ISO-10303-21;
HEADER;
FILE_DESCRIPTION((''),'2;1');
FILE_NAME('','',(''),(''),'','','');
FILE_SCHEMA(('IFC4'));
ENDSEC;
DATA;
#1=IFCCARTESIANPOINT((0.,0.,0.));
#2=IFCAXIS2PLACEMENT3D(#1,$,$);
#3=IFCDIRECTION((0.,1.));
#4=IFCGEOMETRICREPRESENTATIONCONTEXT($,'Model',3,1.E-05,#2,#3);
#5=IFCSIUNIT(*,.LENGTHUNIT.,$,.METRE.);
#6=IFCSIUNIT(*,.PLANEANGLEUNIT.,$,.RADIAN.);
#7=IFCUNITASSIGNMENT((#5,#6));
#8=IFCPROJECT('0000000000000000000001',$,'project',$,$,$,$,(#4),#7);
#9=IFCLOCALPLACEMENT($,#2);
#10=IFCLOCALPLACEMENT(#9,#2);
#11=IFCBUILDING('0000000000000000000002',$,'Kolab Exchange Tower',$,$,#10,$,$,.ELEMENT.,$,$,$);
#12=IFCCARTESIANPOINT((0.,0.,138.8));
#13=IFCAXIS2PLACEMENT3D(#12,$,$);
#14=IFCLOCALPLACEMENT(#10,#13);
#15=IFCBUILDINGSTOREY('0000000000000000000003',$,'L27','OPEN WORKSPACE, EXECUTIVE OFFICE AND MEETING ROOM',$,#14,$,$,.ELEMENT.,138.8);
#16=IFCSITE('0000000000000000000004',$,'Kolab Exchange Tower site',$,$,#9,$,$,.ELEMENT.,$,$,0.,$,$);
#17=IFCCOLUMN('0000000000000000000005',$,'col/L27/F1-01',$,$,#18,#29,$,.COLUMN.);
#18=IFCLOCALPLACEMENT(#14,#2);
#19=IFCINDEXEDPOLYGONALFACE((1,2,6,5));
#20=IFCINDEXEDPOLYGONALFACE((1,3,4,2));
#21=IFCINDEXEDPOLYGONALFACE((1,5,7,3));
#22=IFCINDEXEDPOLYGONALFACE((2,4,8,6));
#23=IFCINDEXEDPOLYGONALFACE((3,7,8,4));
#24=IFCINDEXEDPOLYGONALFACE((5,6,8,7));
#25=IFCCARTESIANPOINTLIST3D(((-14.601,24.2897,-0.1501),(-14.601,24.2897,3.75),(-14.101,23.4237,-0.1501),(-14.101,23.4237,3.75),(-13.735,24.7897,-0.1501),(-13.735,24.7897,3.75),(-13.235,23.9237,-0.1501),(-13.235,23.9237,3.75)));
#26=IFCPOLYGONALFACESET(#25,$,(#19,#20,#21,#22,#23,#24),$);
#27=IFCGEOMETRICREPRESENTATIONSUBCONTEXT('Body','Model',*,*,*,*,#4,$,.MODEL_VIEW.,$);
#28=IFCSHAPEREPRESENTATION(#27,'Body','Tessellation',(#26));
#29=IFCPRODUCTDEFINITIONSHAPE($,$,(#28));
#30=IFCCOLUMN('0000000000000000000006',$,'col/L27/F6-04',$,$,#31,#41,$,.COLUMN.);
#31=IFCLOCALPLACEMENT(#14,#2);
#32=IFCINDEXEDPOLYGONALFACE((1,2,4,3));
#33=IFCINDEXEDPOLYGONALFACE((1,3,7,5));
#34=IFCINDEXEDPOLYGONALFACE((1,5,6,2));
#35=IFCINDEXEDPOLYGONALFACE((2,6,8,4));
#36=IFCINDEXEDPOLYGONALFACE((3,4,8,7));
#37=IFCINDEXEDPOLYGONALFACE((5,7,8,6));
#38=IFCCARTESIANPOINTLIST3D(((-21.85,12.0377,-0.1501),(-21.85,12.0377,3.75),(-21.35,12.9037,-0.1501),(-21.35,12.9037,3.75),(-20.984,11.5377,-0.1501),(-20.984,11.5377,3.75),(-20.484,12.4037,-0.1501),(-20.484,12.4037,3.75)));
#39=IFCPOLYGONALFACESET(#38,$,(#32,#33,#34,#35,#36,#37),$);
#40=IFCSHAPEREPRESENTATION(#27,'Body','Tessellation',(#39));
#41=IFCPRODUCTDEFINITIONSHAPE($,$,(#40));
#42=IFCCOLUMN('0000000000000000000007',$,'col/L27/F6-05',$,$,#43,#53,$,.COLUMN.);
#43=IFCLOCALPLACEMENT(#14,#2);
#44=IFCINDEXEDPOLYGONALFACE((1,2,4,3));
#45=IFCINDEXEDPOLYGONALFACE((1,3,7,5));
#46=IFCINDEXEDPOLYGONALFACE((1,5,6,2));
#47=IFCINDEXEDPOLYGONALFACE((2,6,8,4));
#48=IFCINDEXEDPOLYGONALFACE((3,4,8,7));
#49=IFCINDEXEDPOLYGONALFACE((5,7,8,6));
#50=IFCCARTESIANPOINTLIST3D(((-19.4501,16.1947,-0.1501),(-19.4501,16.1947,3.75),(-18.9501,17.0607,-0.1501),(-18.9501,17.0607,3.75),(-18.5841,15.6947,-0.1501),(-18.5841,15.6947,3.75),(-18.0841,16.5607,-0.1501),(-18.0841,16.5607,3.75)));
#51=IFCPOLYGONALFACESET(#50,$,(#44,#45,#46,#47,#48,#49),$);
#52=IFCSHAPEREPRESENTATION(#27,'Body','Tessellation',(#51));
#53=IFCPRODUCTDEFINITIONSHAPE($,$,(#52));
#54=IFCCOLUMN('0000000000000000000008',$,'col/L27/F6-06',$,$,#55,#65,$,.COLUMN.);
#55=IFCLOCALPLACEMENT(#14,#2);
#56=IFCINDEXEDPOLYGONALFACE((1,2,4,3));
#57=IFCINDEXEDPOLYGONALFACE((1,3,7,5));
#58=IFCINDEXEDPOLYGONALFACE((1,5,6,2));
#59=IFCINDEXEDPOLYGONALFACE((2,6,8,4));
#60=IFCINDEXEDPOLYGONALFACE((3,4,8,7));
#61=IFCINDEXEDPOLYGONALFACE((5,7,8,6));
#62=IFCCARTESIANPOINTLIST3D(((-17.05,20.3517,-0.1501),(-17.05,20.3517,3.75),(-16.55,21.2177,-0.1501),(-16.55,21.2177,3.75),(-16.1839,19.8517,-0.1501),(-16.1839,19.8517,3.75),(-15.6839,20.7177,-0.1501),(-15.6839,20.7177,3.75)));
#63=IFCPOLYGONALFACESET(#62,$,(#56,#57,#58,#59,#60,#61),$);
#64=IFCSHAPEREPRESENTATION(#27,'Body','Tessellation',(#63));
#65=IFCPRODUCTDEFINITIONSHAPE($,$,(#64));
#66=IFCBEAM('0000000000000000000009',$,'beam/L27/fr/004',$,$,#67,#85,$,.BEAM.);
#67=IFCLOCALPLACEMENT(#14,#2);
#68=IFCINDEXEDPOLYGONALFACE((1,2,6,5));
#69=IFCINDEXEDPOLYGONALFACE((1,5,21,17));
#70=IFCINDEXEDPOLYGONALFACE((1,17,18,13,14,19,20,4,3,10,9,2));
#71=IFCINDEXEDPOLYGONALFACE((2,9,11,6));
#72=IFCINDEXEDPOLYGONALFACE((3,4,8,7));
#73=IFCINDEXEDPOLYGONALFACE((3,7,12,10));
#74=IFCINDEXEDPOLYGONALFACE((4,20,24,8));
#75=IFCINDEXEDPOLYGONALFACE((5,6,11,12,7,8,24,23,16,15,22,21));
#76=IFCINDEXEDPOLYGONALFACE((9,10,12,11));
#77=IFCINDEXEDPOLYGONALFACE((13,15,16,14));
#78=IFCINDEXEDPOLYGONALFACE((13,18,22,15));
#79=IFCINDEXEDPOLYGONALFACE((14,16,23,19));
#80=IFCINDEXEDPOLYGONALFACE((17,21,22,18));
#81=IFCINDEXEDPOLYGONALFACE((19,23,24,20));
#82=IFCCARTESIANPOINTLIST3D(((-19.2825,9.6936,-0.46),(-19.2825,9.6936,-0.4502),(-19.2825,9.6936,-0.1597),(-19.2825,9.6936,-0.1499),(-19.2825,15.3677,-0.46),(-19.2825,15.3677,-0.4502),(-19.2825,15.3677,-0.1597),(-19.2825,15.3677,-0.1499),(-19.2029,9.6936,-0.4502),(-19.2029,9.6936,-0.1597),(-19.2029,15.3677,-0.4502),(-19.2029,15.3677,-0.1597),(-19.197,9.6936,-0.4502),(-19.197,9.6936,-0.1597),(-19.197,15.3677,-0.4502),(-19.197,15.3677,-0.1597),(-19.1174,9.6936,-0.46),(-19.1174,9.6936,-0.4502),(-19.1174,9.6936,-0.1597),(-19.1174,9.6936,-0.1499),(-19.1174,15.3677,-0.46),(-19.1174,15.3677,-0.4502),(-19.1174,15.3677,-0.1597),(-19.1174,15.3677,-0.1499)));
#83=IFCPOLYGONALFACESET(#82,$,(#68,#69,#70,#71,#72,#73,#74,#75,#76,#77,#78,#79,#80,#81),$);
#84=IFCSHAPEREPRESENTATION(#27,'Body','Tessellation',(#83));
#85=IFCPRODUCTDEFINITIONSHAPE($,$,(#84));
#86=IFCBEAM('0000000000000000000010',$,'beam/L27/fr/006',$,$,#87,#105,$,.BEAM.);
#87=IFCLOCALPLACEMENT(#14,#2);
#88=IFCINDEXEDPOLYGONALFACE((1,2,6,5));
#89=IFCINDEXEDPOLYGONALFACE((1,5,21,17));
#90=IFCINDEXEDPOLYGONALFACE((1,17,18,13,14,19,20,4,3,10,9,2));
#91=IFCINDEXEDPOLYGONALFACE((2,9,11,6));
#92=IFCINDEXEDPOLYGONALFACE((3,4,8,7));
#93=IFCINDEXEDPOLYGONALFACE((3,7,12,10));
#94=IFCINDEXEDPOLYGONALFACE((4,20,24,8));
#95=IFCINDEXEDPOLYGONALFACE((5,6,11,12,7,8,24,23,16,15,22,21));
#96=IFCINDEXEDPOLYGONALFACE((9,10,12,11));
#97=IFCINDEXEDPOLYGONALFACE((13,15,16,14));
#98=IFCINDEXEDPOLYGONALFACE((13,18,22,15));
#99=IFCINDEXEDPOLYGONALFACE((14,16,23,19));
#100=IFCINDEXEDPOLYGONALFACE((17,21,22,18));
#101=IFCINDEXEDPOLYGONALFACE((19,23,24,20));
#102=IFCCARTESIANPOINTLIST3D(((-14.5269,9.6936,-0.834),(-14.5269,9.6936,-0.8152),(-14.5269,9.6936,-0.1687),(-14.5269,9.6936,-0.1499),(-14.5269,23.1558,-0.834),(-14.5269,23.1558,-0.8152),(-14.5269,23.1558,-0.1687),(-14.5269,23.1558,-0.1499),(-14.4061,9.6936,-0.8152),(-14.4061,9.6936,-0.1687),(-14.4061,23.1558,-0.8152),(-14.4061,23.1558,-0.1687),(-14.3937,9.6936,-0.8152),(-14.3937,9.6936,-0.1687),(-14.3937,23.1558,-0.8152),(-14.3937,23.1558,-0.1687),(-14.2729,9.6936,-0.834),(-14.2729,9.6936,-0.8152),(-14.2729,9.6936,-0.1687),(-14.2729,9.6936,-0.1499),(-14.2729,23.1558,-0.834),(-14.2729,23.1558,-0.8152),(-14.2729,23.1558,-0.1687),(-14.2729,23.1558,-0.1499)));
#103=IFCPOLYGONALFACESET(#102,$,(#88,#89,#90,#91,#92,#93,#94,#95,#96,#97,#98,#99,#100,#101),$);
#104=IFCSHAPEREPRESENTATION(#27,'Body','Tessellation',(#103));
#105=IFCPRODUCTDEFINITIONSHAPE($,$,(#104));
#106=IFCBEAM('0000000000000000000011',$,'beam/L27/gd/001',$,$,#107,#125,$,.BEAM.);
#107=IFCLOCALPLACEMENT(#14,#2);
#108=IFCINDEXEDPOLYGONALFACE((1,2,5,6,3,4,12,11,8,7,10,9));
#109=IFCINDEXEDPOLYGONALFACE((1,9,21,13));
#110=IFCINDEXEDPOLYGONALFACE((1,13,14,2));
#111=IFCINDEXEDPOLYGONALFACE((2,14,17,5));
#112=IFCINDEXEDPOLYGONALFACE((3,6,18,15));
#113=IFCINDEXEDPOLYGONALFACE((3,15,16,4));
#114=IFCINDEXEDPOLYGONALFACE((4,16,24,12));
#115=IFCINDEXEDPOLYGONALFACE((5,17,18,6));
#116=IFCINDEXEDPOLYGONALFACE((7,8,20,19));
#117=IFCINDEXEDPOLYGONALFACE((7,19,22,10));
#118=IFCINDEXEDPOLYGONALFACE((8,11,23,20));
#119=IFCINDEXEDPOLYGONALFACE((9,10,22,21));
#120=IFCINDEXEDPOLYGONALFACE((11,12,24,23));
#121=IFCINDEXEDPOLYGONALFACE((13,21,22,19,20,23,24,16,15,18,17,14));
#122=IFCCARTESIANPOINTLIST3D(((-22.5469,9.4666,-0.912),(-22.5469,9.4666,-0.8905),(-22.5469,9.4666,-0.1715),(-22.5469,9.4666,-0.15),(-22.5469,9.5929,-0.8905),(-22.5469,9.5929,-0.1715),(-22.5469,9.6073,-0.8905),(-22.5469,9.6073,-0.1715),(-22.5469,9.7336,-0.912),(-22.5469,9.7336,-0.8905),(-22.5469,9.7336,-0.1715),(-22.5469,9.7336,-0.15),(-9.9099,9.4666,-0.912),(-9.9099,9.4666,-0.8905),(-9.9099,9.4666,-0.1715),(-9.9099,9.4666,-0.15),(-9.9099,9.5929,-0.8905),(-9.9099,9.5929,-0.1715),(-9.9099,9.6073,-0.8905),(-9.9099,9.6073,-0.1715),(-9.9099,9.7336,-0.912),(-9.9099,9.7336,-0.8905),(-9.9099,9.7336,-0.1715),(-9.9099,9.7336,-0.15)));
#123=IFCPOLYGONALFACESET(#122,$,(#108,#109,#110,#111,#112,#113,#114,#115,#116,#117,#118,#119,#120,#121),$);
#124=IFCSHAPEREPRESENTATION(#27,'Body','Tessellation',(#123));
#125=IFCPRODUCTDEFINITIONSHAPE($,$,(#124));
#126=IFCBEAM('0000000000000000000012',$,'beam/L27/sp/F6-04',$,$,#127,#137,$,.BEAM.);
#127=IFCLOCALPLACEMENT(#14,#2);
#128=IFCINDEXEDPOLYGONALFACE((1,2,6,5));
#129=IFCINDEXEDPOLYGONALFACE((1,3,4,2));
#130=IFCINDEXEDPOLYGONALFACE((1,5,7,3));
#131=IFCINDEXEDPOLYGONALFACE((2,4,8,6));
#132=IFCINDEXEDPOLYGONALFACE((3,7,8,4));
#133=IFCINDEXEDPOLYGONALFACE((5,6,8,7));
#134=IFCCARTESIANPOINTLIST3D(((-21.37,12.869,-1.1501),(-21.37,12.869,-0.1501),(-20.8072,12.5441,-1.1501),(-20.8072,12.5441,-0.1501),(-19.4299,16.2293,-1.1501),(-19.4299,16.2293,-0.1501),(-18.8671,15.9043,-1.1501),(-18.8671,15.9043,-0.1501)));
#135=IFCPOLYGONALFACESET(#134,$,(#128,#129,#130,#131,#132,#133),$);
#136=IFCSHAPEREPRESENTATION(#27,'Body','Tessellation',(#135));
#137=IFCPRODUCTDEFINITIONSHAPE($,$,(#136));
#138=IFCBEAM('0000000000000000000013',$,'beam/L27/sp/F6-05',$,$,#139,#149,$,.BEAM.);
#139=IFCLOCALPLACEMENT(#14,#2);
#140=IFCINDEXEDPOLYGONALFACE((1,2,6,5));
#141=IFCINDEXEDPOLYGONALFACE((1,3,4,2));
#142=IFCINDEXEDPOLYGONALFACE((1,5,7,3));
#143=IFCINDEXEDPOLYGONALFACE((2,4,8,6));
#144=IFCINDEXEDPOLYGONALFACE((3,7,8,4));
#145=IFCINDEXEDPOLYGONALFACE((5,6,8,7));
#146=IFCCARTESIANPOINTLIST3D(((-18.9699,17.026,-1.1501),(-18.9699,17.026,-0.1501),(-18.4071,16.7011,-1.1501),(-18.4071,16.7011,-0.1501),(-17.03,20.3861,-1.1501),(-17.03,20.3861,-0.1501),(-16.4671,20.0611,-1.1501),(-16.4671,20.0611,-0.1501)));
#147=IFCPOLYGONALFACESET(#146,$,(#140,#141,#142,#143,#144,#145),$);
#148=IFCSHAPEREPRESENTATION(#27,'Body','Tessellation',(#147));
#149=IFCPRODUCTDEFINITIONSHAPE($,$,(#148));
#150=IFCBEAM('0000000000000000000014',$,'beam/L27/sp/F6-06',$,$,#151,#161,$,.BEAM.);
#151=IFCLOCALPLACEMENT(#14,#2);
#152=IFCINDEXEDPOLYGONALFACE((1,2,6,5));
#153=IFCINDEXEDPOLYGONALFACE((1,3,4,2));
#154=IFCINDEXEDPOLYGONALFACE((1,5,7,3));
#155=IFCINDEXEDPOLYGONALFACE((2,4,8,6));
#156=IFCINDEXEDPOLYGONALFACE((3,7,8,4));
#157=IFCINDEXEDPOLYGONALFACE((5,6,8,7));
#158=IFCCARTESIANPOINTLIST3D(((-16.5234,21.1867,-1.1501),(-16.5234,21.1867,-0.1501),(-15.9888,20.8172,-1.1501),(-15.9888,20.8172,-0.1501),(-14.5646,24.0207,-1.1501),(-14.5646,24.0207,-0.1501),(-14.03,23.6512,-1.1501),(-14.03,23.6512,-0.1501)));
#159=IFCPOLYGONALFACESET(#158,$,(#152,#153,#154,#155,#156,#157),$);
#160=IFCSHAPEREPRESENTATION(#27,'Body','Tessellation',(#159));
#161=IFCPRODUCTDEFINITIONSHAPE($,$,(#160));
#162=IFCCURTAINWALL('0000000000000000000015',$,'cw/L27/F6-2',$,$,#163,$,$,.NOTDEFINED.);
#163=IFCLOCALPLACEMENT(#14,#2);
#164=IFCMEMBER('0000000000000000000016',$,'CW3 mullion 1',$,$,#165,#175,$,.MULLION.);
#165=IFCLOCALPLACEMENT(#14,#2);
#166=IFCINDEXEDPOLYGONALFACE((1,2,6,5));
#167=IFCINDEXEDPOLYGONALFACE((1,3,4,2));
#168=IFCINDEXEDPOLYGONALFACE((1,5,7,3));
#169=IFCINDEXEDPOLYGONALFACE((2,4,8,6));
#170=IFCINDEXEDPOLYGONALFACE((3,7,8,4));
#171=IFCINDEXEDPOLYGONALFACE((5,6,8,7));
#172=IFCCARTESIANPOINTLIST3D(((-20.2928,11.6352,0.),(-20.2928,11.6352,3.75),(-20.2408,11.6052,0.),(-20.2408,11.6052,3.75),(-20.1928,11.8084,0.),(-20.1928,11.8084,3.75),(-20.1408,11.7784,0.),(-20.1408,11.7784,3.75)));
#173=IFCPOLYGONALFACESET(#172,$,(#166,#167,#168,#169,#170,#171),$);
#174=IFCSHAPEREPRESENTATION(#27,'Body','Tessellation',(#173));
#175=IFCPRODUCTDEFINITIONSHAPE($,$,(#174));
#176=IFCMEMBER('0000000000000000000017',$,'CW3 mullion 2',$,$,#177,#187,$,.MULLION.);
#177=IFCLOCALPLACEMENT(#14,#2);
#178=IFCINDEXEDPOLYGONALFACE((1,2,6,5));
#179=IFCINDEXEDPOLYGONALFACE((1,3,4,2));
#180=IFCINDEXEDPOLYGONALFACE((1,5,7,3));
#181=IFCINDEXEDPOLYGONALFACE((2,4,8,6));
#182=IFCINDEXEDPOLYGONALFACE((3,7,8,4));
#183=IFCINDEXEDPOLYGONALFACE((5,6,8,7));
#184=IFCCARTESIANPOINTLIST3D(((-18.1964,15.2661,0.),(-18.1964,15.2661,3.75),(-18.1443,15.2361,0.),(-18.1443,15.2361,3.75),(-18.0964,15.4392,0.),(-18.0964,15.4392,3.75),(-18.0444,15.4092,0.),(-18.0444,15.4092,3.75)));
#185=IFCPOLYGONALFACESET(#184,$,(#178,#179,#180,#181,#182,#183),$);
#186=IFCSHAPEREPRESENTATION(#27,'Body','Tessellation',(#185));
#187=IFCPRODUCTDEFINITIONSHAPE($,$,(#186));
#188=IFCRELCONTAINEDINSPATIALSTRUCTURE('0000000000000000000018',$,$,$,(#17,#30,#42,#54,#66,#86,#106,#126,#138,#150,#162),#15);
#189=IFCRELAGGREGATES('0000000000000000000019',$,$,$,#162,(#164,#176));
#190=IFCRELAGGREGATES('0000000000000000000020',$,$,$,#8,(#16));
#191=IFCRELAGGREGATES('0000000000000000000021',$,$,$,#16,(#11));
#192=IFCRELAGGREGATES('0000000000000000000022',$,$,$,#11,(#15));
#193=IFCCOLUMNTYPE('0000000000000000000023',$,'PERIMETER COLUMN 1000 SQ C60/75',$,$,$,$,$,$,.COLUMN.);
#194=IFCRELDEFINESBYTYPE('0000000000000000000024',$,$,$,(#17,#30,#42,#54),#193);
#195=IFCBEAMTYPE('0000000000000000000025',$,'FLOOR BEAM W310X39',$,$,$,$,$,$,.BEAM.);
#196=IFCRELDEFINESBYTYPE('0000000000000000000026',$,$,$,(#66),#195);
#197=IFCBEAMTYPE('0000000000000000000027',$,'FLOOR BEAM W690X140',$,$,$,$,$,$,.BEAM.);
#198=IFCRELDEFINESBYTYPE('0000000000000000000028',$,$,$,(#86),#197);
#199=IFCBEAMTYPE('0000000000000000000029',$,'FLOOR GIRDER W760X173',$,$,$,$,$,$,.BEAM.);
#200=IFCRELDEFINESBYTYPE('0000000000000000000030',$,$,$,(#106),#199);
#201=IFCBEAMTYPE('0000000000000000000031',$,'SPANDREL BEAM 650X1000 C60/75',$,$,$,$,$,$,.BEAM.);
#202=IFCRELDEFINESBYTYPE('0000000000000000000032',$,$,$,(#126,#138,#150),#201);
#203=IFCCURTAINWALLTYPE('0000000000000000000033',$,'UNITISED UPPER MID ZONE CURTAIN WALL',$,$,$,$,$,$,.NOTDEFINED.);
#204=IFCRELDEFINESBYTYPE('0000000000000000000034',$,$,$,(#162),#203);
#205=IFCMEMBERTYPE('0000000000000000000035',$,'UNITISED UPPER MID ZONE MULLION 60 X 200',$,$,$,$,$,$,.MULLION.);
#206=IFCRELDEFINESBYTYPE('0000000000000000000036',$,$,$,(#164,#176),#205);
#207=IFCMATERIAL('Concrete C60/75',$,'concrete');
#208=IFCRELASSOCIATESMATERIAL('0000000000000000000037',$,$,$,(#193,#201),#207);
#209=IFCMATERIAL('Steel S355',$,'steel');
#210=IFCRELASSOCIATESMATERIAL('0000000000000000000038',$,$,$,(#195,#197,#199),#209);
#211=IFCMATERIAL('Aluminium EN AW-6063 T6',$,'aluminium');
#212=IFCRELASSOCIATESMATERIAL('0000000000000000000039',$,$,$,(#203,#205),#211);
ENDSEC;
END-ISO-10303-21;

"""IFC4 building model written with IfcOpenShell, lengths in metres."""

from ifc_helpers import new_model, si_unit, direction, frame, origin, origin_2d, place, context, subcontext, project, spatial, rectangle, i_section, extrude, material, material_profile, profile_set, type_object, element, aggregate, save


model = new_model("IFC4")

# Units and contexts
model_context = context("Model", 3, precision=1e-05, world=origin(), true_north=direction((0.0, 1.0)))
body_context = subcontext(model_context, "Body", "Model", "MODEL_VIEW")
ifc_project = project(units=[si_unit("LENGTHUNIT", "METRE"), si_unit("PLANEANGLEUNIT", "RADIAN")], contexts=[model_context])

# Site, building, storey
site_placement = place(None, origin())
site = spatial("IfcSite", under=ifc_project, at=site_placement, Name="Kolab Exchange Tower site", CompositionType="ELEMENT", RefElevation=0.0)
building_placement = place(site_placement, origin())
building = spatial("IfcBuilding", under=site, at=building_placement, Name="Kolab Exchange Tower", CompositionType="ELEMENT")
storey_placement = place(building_placement, frame((0.0, 0.0, 138.8)))
storey = spatial("IfcBuildingStorey", under=building, at=storey_placement, Name="L27", Description="OPEN WORKSPACE, EXECUTIVE OFFICE AND MEETING ROOM", CompositionType="ELEMENT", Elevation=138.8)

# Columns
ifc_material_1 = material(Name="Concrete C60/75", Category="concrete")
ifc_material_profile_1 = material_profile(ifc_material_1, rectangle(XDim=1.0, YDim=1.0, at=origin_2d()), Name="RC1000")
ifc_profile_set_1 = profile_set([ifc_material_profile_1], Name="Concrete C60/75")
column_type = type_object("IfcColumnType", Name="PERIMETER COLUMN 1000 SQ C60/75", PredefinedType="COLUMN", material=ifc_profile_set_1)
for number, where, z_axis, x_axis, name in (
    (1, (-13.918, 24.1067, -0.1501), (0.0, 0.0, 1.0), (0.866025, 0.5, 0.0), "col/L27/F1-01"),
    (2, (-21.167, 12.2207, -0.1501), (0.0, 0.0, 1.0), (0.5, 0.866025, 0.0), "col/L27/F6-04"),
    (3, (-18.7671, 16.3777, -0.1501), (0.0, 0.0, 1.0), (0.5, 0.866025, 0.0), "col/L27/F6-05"),
    (4, (-16.3669, 20.5347, -0.1501), (0.0, 0.0, 1.0), (0.5, 0.866025, 0.0), "col/L27/F6-06"),
):
    element("IfcColumn", number, at=place(storey_placement, frame(where, z_axis=z_axis, x_axis=x_axis)), inside=storey, type_object=column_type, Name=name, PredefinedType="COLUMN", context=body_context, shape_type="SweptSolid", body=[
        extrude(rectangle(XDim=1.0, YDim=1.0, at=origin_2d()), origin(), (0.0, 0.0, 1.0), 3.9001),
    ])

# Beams
ifc_material_2 = material(Name="Steel S355", Category="steel")
ifc_material_profile_2 = material_profile(ifc_material_2, i_section(OverallWidth=0.165, OverallDepth=0.3101, WebThickness=0.0059, FlangeThickness=0.0098, at=origin_2d()), Name="W310X39")
ifc_profile_set_2 = profile_set([ifc_material_profile_2], Name="Steel S355")
beam_type_1 = type_object("IfcBeamType", Name="FLOOR BEAM W310X39", PredefinedType="BEAM", material=ifc_profile_set_2)
beam_1_placement = place(storey_placement, frame((-19.2, 9.6936, -0.3049), z_axis=(0.0, 1.0, 0.0), x_axis=(-1.0, 0.0, 0.0)))
element("IfcBeam", 5, at=beam_1_placement, inside=storey, type_object=beam_type_1, Name="beam/L27/fr/004", PredefinedType="BEAM", context=body_context, shape_type="SweptSolid", body=[
    extrude(i_section(OverallWidth=0.165, OverallDepth=0.3101, WebThickness=0.0059, FlangeThickness=0.0098, at=origin_2d()), origin(), (0.0, 0.0, 1.0), 5.6741),
])
ifc_material_profile_3 = material_profile(ifc_material_2, i_section(OverallWidth=0.2539, OverallDepth=0.6841, WebThickness=0.0125, FlangeThickness=0.0188, at=origin_2d()), Name="W690X140")
ifc_profile_set_3 = profile_set([ifc_material_profile_3], Name="Steel S355")
beam_type_2 = type_object("IfcBeamType", Name="FLOOR BEAM W690X140", PredefinedType="BEAM", material=ifc_profile_set_3)
beam_2_placement = place(storey_placement, frame((-14.3999, 9.6936, -0.4919), z_axis=(0.0, 1.0, 0.0), x_axis=(-1.0, 0.0, 0.0)))
element("IfcBeam", 6, at=beam_2_placement, inside=storey, type_object=beam_type_2, Name="beam/L27/fr/006", PredefinedType="BEAM", context=body_context, shape_type="SweptSolid", body=[
    extrude(i_section(OverallWidth=0.2539, OverallDepth=0.6841, WebThickness=0.0125, FlangeThickness=0.0188, at=origin_2d()), origin(), (0.0, 0.0, 1.0), 13.4622),
])
ifc_material_profile_4 = material_profile(ifc_material_2, i_section(OverallWidth=0.2671, OverallDepth=0.762, WebThickness=0.0144, FlangeThickness=0.0215, at=origin_2d()), Name="W760X173")
ifc_profile_set_4 = profile_set([ifc_material_profile_4], Name="Steel S355")
beam_type_3 = type_object("IfcBeamType", Name="FLOOR GIRDER W760X173", PredefinedType="BEAM", material=ifc_profile_set_4)
beam_3_placement = place(storey_placement, frame((-22.5469, 9.6001, -0.531), z_axis=(1.0, 0.0, 0.0), x_axis=(0.0, 1.0, 0.0)))
element("IfcBeam", 7, at=beam_3_placement, inside=storey, type_object=beam_type_3, Name="beam/L27/gd/001", PredefinedType="BEAM", context=body_context, shape_type="SweptSolid", body=[
    extrude(i_section(OverallWidth=0.2671, OverallDepth=0.762, WebThickness=0.0144, FlangeThickness=0.0215, at=origin_2d()), origin(), (0.0, 0.0, 1.0), 12.637),
])
ifc_material_profile_5 = material_profile(ifc_material_1, rectangle(XDim=0.6499, YDim=1.0, at=origin_2d()), Name="RC650X1000")
ifc_profile_set_5 = profile_set([ifc_material_profile_5], Name="Concrete C60/75")
beam_type_4 = type_object("IfcBeamType", Name="SPANDREL BEAM 650X1000 C60/75", PredefinedType="BEAM", material=ifc_profile_set_5)
beam_4_placement = place(storey_placement, frame((-21.0886, 12.7065, -0.6501), z_axis=(0.500017, 0.866016, 0.0), x_axis=(-0.866016, 0.500017, 0.0)))
element("IfcBeam", 8, at=beam_4_placement, inside=storey, type_object=beam_type_4, Name="beam/L27/sp/F6-04", PredefinedType="BEAM", context=body_context, shape_type="SweptSolid", body=[
    extrude(rectangle(XDim=0.6499, YDim=1.0, at=origin_2d()), origin(), (0.0, 0.0, 1.0), 3.8801),
])
beam_5_placement = place(storey_placement, frame((-18.6885, 16.8635, -0.6501), z_axis=(0.499997, 0.866027, 0.0), x_axis=(-0.866027, 0.499997, 0.0)))
element("IfcBeam", 9, at=beam_5_placement, inside=storey, type_object=beam_type_4, Name="beam/L27/sp/F6-05", PredefinedType="BEAM", context=body_context, shape_type="SweptSolid", body=[
    extrude(rectangle(XDim=0.6499, YDim=1.0, at=origin_2d()), origin(), (0.0, 0.0, 1.0), 3.8799),
])
beam_6_placement = place(storey_placement, frame((-16.2561, 21.002, -0.6501), z_axis=(0.568572, 0.822633, 0.0), x_axis=(-0.822633, 0.568572, 0.0)))
element("IfcBeam", 10, at=beam_6_placement, inside=storey, type_object=beam_type_4, Name="beam/L27/sp/F6-06", PredefinedType="BEAM", context=body_context, shape_type="SweptSolid", body=[
    extrude(rectangle(XDim=0.6499, YDim=1.0, at=origin_2d()), origin(), (0.0, 0.0, 1.0), 3.4451),
])

# Curtain wall, members
ifc_material_3 = material(Name="Aluminium EN AW-6063 T6", Category="aluminium")
curtain_wall_type = type_object("IfcCurtainWallType", Name="UNITISED UPPER MID ZONE CURTAIN WALL", PredefinedType="NOTDEFINED", material=ifc_material_3)
curtain_wall_placement = place(storey_placement, origin())
curtain_wall = element("IfcCurtainWall", 11, at=curtain_wall_placement, inside=storey, type_object=curtain_wall_type, Name="cw/L27/F6-2", PredefinedType="NOTDEFINED")
ifc_material_profile_6 = material_profile(ifc_material_3, rectangle(XDim=0.0601, YDim=0.2, at=origin_2d()), Name="RECT 60X200")
ifc_profile_set_6 = profile_set([ifc_material_profile_6], Name="Aluminium EN AW-6063 T6")
member_type_1 = type_object("IfcMemberType", Name="UNITISED UPPER MID ZONE MULLION 60 X 200", PredefinedType="MULLION", material=ifc_profile_set_6)
member_1_placement = place(storey_placement, frame((-20.2168, 11.7068, 0.0), z_axis=(0.0, 0.0, 1.0), x_axis=(-0.866025, 0.5, 0.0)))
member_1 = element("IfcMember", 12, at=member_1_placement, type_object=member_type_1, Name="CW3 mullion 1", PredefinedType="MULLION", context=body_context, shape_type="SweptSolid", body=[
    extrude(rectangle(XDim=0.0601, YDim=0.2, at=origin_2d()), origin(), (0.0, 0.0, 1.0), 3.75),
])
member_2_placement = place(storey_placement, frame((-18.1204, 15.3376, 0.0), z_axis=(0.0, 0.0, 1.0), x_axis=(-0.866025, 0.5, 0.0)))
member_2 = element("IfcMember", 13, at=member_2_placement, type_object=member_type_1, Name="CW3 mullion 2", PredefinedType="MULLION", context=body_context, shape_type="SweptSolid", body=[
    extrude(rectangle(XDim=0.0601, YDim=0.2, at=origin_2d()), origin(), (0.0, 0.0, 1.0), 3.75),
])
aggregate(curtain_wall, [member_1, member_2])

save(model, "model.ifc")
